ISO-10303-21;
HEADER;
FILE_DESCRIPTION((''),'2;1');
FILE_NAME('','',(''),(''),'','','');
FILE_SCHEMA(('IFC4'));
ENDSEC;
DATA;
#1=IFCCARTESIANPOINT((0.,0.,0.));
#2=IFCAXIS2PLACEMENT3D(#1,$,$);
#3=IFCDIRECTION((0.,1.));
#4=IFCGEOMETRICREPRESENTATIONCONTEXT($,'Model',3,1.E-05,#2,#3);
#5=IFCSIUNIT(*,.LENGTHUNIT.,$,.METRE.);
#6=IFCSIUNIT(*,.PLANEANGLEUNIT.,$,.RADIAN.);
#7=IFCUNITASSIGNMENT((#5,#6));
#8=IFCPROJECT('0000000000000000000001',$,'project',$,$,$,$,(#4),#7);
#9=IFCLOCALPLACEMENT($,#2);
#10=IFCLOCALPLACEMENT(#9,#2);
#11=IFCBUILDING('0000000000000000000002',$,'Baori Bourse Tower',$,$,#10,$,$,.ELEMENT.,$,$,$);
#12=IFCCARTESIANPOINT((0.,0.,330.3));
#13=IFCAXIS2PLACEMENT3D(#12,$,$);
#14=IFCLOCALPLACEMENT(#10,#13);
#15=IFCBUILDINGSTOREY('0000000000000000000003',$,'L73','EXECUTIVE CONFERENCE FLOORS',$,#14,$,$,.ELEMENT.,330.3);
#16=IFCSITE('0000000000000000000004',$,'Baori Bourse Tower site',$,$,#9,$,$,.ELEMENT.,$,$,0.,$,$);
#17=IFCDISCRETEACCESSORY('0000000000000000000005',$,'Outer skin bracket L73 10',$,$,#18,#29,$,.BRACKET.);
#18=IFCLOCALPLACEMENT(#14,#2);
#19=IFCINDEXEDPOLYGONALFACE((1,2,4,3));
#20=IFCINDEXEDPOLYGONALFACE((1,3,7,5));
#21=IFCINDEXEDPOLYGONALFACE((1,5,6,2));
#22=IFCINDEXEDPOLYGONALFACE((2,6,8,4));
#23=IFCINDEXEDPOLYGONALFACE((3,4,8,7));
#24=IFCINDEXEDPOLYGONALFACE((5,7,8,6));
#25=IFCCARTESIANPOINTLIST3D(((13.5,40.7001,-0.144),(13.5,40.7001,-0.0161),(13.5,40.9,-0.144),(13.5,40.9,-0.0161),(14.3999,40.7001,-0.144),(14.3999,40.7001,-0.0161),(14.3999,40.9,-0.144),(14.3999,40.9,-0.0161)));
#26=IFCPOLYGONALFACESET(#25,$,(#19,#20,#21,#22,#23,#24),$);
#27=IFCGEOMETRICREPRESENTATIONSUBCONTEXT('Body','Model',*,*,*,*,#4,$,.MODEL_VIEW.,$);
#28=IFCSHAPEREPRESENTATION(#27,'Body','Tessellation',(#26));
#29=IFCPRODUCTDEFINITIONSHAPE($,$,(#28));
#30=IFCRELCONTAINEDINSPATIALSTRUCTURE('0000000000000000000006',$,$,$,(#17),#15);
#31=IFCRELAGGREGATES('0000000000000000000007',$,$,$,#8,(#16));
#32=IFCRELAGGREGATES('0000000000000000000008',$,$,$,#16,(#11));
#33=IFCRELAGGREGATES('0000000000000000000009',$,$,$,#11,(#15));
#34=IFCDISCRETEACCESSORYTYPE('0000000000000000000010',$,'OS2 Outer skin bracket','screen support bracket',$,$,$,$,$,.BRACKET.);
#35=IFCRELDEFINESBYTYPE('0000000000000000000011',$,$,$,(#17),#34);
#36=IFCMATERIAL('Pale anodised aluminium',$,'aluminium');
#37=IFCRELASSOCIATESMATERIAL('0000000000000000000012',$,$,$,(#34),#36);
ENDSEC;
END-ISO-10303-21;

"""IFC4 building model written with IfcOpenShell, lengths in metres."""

from ifc_helpers import new_model, si_unit, direction, frame, origin, origin_2d, place, context, subcontext, project, spatial, rectangle, extrude, material, type_object, element, save


model = new_model("IFC4")

# Units and contexts
model_context = context("Model", 3, precision=1e-05, world=origin(), true_north=direction((0.0, 1.0)))
body_context = subcontext(model_context, "Body", "Model", "MODEL_VIEW")
ifc_project = project(units=[si_unit("LENGTHUNIT", "METRE"), si_unit("PLANEANGLEUNIT", "RADIAN")], contexts=[model_context])

# Site, building, storey
site_placement = place(None, origin())
site = spatial("IfcSite", under=ifc_project, at=site_placement, Name="Baori Bourse Tower site", CompositionType="ELEMENT", RefElevation=0.0)
building_placement = place(site_placement, origin())
building = spatial("IfcBuilding", under=site, at=building_placement, Name="Baori Bourse Tower", CompositionType="ELEMENT")
storey_placement = place(building_placement, frame((0.0, 0.0, 330.3)))
storey = spatial("IfcBuildingStorey", under=building, at=storey_placement, Name="L73", Description="EXECUTIVE CONFERENCE FLOORS", CompositionType="ELEMENT", Elevation=330.3)

# Discrete accessory
ifc_material_1 = material(Name="Pale anodised aluminium", Category="aluminium")
discrete_accessory_type = type_object("IfcDiscreteAccessoryType", Name="OS2 Outer skin bracket", Description="screen support bracket", PredefinedType="BRACKET", material=ifc_material_1)
for number, where, z_axis, x_axis, name in (
    (1, (13.95, 40.8, -0.144), (0.0, 0.0, 1.0), (0.0, -1.0, 0.0), "Outer skin bracket L73 10"),
):
    element("IfcDiscreteAccessory", number, at=place(storey_placement, frame(where, z_axis=z_axis, x_axis=x_axis)), inside=storey, type_object=discrete_accessory_type, Name=name, PredefinedType="BRACKET", context=body_context, shape_type="SweptSolid", body=[
        extrude(rectangle(XDim=0.2, YDim=0.8999, at=origin_2d()), origin(), (0.0, 0.0, 1.0), 0.1279),
    ])

save(model, "model.ifc")
